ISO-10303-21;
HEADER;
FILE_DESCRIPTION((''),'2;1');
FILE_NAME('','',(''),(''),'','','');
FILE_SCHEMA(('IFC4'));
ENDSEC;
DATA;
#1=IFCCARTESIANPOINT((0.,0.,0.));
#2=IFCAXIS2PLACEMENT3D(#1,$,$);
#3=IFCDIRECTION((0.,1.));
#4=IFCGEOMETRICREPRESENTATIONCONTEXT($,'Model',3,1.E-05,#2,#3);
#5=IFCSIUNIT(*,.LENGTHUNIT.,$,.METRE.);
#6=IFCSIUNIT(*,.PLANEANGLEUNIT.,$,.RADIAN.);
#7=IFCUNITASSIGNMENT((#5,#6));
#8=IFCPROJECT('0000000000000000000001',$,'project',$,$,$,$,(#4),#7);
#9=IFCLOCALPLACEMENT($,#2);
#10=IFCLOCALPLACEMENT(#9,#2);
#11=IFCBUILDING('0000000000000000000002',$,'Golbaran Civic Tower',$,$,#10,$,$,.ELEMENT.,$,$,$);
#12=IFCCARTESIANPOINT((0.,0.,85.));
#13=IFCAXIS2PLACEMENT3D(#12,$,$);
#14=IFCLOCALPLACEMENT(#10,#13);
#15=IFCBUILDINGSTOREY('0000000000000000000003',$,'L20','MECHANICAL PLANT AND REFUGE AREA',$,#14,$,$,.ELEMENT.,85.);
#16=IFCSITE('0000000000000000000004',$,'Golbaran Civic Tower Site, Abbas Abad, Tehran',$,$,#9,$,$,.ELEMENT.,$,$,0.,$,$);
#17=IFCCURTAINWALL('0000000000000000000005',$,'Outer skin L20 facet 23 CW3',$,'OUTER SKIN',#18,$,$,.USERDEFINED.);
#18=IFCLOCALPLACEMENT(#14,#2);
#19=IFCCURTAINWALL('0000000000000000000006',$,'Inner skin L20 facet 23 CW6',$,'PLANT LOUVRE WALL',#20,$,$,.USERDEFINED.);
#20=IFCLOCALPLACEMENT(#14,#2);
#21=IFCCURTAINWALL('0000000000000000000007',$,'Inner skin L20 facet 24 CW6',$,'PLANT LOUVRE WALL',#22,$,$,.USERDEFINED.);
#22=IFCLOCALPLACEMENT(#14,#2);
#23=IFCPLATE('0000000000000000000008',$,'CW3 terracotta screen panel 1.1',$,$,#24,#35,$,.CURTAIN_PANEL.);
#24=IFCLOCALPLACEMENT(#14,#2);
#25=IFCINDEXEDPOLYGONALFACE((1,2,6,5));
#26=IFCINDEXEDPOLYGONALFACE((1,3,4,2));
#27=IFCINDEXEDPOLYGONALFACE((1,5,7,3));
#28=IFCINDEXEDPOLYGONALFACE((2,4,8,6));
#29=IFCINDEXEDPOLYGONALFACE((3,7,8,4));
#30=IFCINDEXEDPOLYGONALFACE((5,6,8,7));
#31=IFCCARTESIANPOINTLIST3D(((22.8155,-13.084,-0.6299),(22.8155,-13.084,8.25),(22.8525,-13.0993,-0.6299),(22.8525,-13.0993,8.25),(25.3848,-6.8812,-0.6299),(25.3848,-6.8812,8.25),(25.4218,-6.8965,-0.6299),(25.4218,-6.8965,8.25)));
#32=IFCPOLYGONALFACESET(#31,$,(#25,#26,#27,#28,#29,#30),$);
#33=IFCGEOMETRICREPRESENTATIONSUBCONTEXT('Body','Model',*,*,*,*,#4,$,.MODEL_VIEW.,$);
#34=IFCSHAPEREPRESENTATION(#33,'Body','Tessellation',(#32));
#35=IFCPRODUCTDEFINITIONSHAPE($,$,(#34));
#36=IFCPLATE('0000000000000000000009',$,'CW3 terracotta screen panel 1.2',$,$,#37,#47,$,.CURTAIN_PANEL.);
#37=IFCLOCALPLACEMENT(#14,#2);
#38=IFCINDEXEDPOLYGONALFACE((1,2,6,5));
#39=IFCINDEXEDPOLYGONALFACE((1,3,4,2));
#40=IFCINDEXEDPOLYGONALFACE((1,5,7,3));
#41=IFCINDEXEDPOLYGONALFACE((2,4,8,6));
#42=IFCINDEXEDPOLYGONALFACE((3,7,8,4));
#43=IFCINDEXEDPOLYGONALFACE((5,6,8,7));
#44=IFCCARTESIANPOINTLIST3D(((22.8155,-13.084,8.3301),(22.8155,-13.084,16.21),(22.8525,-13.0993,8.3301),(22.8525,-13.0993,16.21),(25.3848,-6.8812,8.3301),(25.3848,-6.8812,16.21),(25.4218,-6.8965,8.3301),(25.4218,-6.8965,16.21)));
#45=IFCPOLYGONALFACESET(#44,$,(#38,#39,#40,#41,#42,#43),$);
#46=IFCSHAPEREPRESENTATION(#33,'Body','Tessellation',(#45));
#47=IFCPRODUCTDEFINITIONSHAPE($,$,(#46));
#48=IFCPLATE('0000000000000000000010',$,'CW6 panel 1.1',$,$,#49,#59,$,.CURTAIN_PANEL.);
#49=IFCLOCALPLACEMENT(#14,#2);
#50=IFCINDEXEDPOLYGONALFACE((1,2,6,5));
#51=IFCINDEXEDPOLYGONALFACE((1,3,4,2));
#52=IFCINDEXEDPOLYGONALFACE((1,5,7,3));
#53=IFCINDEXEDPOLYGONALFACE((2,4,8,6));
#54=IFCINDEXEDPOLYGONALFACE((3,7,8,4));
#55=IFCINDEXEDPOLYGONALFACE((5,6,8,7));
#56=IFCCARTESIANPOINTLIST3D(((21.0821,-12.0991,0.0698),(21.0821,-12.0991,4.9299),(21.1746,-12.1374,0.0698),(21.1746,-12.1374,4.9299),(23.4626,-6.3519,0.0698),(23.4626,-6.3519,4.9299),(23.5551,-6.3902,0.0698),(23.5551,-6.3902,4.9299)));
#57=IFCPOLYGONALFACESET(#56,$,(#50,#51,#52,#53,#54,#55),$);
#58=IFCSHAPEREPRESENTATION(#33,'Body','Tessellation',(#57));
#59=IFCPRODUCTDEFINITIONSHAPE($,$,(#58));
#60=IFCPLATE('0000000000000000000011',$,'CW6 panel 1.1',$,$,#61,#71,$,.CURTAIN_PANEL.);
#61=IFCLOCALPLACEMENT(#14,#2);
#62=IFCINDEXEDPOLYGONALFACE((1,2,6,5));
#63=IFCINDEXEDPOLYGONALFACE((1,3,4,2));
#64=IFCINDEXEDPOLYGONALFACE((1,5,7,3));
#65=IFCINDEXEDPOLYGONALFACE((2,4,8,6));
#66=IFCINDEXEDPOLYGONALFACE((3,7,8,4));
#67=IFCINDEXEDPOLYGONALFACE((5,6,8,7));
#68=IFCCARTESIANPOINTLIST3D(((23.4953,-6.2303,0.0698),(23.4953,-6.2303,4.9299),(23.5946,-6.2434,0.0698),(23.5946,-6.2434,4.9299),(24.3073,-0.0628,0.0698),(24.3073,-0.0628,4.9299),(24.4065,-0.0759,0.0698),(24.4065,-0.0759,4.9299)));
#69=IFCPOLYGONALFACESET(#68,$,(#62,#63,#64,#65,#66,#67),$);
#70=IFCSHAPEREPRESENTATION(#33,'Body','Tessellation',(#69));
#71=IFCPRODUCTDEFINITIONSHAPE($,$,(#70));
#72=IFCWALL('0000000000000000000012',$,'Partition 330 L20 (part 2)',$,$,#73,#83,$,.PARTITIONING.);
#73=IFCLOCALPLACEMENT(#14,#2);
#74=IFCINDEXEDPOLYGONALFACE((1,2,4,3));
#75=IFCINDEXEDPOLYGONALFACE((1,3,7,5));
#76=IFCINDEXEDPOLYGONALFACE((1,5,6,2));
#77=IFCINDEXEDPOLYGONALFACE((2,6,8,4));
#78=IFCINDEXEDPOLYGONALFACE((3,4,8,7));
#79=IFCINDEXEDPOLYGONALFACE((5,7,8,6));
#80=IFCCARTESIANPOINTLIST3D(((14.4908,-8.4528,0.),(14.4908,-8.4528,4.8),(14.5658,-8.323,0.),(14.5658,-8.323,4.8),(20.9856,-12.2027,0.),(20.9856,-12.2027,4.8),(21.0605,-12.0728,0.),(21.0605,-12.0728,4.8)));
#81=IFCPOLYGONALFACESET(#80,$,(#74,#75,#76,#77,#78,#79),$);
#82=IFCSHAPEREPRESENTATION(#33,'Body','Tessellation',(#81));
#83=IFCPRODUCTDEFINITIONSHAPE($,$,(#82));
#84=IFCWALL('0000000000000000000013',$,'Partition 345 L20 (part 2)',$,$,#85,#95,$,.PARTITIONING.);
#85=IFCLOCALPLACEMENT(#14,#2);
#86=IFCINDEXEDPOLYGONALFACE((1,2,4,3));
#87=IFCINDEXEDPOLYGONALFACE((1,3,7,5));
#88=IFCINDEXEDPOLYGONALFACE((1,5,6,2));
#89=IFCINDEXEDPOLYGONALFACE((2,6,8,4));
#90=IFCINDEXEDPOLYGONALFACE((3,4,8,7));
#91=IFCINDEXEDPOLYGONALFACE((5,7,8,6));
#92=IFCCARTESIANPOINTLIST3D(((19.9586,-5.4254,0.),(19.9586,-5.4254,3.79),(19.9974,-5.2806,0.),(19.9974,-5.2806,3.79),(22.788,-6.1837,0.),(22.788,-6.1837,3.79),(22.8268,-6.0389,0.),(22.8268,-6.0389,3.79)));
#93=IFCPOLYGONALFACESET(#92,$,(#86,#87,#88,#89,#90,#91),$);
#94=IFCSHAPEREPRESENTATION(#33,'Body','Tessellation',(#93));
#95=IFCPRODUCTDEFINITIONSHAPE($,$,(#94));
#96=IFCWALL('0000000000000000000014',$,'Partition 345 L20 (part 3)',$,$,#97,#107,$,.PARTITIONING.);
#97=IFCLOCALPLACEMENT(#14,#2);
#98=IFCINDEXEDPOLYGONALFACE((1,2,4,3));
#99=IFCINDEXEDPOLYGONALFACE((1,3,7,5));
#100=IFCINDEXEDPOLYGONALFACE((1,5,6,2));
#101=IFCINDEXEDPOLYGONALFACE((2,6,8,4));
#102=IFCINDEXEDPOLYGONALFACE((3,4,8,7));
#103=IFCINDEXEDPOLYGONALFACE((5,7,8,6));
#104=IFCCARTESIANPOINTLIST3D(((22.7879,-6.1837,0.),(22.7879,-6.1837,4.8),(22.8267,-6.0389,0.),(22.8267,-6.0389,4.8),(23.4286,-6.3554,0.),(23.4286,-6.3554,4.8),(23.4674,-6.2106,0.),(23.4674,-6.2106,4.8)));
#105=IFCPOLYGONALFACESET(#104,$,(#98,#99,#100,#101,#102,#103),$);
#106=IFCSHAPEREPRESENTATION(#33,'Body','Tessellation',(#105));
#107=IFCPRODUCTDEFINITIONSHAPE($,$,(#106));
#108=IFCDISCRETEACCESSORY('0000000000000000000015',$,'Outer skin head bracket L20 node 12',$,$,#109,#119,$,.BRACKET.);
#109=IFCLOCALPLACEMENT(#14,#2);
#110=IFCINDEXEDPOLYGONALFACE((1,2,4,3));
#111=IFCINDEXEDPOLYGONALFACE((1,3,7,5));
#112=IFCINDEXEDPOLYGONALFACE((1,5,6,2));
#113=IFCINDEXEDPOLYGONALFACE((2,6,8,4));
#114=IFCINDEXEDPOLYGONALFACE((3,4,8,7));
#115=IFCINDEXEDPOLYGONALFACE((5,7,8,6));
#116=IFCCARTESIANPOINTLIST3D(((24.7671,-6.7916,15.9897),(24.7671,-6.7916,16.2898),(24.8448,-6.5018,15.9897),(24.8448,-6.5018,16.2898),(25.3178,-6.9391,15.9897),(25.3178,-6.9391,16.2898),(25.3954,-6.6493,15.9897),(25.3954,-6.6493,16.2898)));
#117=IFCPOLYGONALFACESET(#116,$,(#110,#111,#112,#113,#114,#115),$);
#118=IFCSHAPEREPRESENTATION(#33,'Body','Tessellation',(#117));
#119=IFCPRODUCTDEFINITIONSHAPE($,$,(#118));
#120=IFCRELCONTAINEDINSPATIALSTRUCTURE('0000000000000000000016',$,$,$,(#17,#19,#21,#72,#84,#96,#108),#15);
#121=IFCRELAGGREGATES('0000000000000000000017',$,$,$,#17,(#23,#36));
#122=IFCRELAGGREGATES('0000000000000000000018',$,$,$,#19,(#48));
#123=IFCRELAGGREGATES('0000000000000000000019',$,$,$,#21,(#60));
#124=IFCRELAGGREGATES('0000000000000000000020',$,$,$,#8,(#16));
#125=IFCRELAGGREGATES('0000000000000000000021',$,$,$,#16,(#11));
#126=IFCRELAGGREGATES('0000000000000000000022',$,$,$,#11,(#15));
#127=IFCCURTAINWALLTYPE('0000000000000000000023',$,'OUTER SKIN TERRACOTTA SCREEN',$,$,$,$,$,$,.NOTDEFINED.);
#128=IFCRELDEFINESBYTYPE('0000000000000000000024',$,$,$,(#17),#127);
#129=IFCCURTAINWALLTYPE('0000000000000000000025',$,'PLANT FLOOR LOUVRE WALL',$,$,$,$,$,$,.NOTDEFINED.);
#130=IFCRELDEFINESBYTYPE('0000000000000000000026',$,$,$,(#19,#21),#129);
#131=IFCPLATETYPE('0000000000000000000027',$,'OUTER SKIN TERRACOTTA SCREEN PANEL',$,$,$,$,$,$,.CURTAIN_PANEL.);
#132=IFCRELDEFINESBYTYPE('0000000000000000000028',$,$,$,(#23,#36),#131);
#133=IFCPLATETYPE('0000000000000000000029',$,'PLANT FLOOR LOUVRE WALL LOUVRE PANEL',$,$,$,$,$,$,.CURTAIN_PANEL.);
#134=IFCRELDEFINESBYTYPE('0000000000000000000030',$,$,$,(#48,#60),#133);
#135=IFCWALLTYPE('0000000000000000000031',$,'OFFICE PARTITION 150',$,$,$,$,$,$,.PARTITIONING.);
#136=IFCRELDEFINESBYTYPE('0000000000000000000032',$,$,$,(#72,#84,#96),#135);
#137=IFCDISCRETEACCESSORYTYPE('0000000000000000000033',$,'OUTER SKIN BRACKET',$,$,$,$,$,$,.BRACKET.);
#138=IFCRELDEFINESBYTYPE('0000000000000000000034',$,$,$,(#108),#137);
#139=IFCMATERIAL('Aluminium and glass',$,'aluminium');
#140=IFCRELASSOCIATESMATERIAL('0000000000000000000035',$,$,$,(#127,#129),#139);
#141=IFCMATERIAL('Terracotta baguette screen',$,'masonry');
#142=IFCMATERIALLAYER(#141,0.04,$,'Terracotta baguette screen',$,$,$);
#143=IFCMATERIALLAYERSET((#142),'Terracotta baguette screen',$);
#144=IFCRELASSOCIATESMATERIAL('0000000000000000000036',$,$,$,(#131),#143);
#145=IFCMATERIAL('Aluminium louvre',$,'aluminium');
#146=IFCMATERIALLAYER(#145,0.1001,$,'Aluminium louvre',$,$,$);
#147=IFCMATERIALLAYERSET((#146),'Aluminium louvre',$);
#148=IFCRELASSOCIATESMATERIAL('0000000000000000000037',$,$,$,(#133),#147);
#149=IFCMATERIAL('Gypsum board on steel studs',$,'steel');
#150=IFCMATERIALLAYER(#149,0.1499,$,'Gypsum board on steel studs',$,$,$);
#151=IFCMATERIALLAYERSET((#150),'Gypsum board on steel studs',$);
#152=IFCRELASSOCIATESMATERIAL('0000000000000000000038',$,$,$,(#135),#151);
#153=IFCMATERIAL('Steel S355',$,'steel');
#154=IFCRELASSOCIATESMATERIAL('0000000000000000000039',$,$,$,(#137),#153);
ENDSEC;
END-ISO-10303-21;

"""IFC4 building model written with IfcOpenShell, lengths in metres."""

from ifc_helpers import new_model, si_unit, direction, frame, frame_2d, origin, origin_2d, place, context, subcontext, project, spatial, rectangle, extrude, material, layer, layer_set, type_object, element, aggregate, save


model = new_model("IFC4")

# Units and contexts
model_context = context("Model", 3, precision=1e-05, world=origin(), true_north=direction((0.0, 1.0)))
body_context = subcontext(model_context, "Body", "Model", "MODEL_VIEW")
ifc_project = project(units=[si_unit("LENGTHUNIT", "METRE"), si_unit("PLANEANGLEUNIT", "RADIAN")], contexts=[model_context])

# Site, building, storey
site_placement = place(None, origin())
site = spatial("IfcSite", under=ifc_project, at=site_placement, Name="Golbaran Civic Tower Site, Abbas Abad, Tehran", CompositionType="ELEMENT", RefElevation=0.0)
building_placement = place(site_placement, origin())
building = spatial("IfcBuilding", under=site, at=building_placement, Name="Golbaran Civic Tower", CompositionType="ELEMENT")
storey_placement = place(building_placement, frame((0.0, 0.0, 85.0)))
storey = spatial("IfcBuildingStorey", under=building, at=storey_placement, Name="L20", Description="MECHANICAL PLANT AND REFUGE AREA", CompositionType="ELEMENT", Elevation=85.0)

# Shared definitions
ifc_material_1 = material(Name="Steel S355", Category="steel")

# Curtain wall
ifc_material_2 = material(Name="Aluminium and glass", Category="aluminium")
curtain_wall_type_1 = type_object("IfcCurtainWallType", Name="OUTER SKIN TERRACOTTA SCREEN", PredefinedType="NOTDEFINED", material=ifc_material_2)
curtain_wall_1_placement = place(storey_placement, origin())
curtain_wall_1 = element("IfcCurtainWall", 1, at=curtain_wall_1_placement, inside=storey, type_object=curtain_wall_type_1, Name="Outer skin L20 facet 23 CW3", ObjectType="OUTER SKIN", PredefinedType="USERDEFINED")

# Curtain walls
curtain_wall_type_2 = type_object("IfcCurtainWallType", Name="PLANT FLOOR LOUVRE WALL", PredefinedType="NOTDEFINED", material=ifc_material_2)
curtain_wall_2_placement = place(storey_placement, origin())
curtain_wall_2 = element("IfcCurtainWall", 2, at=curtain_wall_2_placement, inside=storey, type_object=curtain_wall_type_2, Name="Inner skin L20 facet 23 CW6", ObjectType="PLANT LOUVRE WALL", PredefinedType="USERDEFINED")
curtain_wall_3_placement = place(storey_placement, origin())
curtain_wall_3 = element("IfcCurtainWall", 3, at=curtain_wall_3_placement, inside=storey, type_object=curtain_wall_type_2, Name="Inner skin L20 facet 24 CW6", ObjectType="PLANT LOUVRE WALL", PredefinedType="USERDEFINED")

# Plates
ifc_material_3 = material(Name="Terracotta baguette screen", Category="masonry")
ifc_layer_1 = layer(ifc_material_3, 0.04, Name="Terracotta baguette screen")
ifc_layer_set_1 = layer_set([ifc_layer_1], Name="Terracotta baguette screen")
plate_type_1 = type_object("IfcPlateType", Name="OUTER SKIN TERRACOTTA SCREEN PANEL", PredefinedType="CURTAIN_PANEL", material=ifc_layer_set_1)
plate_1_placement = place(storey_placement, frame((24.1187, -9.9902, -0.6299), z_axis=(0.0, 0.0, 1.0), x_axis=(0.382683, 0.92388, 0.0)))
plate_1 = element("IfcPlate", 4, at=plate_1_placement, type_object=plate_type_1, Name="CW3 terracotta screen panel 1.1", PredefinedType="CURTAIN_PANEL", context=body_context, shape_type="SweptSolid", body=[
    extrude(rectangle(XDim=6.7139, YDim=0.04, at=origin_2d()), origin(), (0.0, 0.0, 1.0), 8.8799),
])
plate_2_placement = place(storey_placement, frame((24.1187, -9.9902, 8.3301), z_axis=(0.0, 0.0, 1.0), x_axis=(0.382683, 0.92388, 0.0)))
plate_2 = element("IfcPlate", 5, at=plate_2_placement, type_object=plate_type_1, Name="CW3 terracotta screen panel 1.2", PredefinedType="CURTAIN_PANEL", context=body_context, shape_type="SweptSolid", body=[
    extrude(rectangle(XDim=6.7139, YDim=0.04, at=origin_2d()), origin(), (0.0, 0.0, 1.0), 7.8799),
])
aggregate(curtain_wall_1, [plate_1, plate_2])
ifc_material_4 = material(Name="Aluminium louvre", Category="aluminium")
ifc_layer_2 = layer(ifc_material_4, 0.1001, Name="Aluminium louvre")
ifc_layer_set_2 = layer_set([ifc_layer_2], Name="Aluminium louvre")
plate_type_2 = type_object("IfcPlateType", Name="PLANT FLOOR LOUVRE WALL LOUVRE PANEL", PredefinedType="CURTAIN_PANEL", material=ifc_layer_set_2)
plate_3_placement = place(storey_placement, frame((22.3186, -9.2446, 0.0698), z_axis=(0.0, 0.0, 1.0), x_axis=(0.382683, 0.92388, 0.0)))
plate_3 = element("IfcPlate", 6, at=plate_3_placement, type_object=plate_type_2, Name="CW6 panel 1.1", PredefinedType="CURTAIN_PANEL", context=body_context, shape_type="SweptSolid", body=[
    extrude(rectangle(XDim=6.2207, YDim=0.1001, at=origin_2d()), origin(), (0.0, 0.0, 1.0), 4.8601),
])
aggregate(curtain_wall_2, [plate_3])
plate_4_placement = place(storey_placement, frame((23.9509, -3.1531, 0.0698), z_axis=(0.0, 0.0, 1.0), x_axis=(0.130526, 0.991445, 0.0)))
plate_4 = element("IfcPlate", 7, at=plate_4_placement, type_object=plate_type_2, Name="CW6 panel 1.1", PredefinedType="CURTAIN_PANEL", context=body_context, shape_type="SweptSolid", body=[
    extrude(rectangle(XDim=6.2207, YDim=0.1001, at=origin_2d()), origin(), (0.0, 0.0, 1.0), 4.8601),
])
aggregate(curtain_wall_3, [plate_4])

# Walls
ifc_material_5 = material(Name="Gypsum board on steel studs", Category="steel")
ifc_layer_3 = layer(ifc_material_5, 0.1499, Name="Gypsum board on steel studs")
ifc_layer_set_3 = layer_set([ifc_layer_3], Name="Gypsum board on steel studs")
wall_type = type_object("IfcWallType", Name="OFFICE PARTITION 150", PredefinedType="PARTITIONING", material=ifc_layer_set_3)
wall_1_placement = place(storey_placement, frame((14.5283, -8.3879, 0.0), z_axis=(0.0, 0.0, 1.0), x_axis=(0.866021, -0.500008, 0.0)))
element("IfcWall", 8, at=wall_1_placement, inside=storey, type_object=wall_type, Name="Partition 330 L20 (part 2)", PredefinedType="PARTITIONING", context=body_context, shape_type="SweptSolid", body=[
    extrude(rectangle(XDim=7.4995, YDim=0.1499, at=frame_2d((3.7498, 0.0))), origin(), (0.0, 0.0, 1.0), 4.8),
])
wall_2_placement = place(storey_placement, frame((19.978, -5.353, 0.0), z_axis=(0.0, 0.0, 1.0), x_axis=(0.96591, -0.258876, 0.0)))
element("IfcWall", 9, at=wall_2_placement, inside=storey, type_object=wall_type, Name="Partition 345 L20 (part 2)", PredefinedType="PARTITIONING", context=body_context, shape_type="SweptSolid", body=[
    extrude(rectangle(XDim=2.9292, YDim=0.1499, at=frame_2d((1.4646, 0.0))), origin(), (0.0, 0.0, 1.0), 3.79),
])
wall_3_placement = place(storey_placement, frame((22.8074, -6.1113, 0.0), z_axis=(0.0, 0.0, 1.0), x_axis=(0.965935, -0.258785, 0.0)))
element("IfcWall", 10, at=wall_3_placement, inside=storey, type_object=wall_type, Name="Partition 345 L20 (part 3)", PredefinedType="PARTITIONING", context=body_context, shape_type="SweptSolid", body=[
    extrude(rectangle(XDim=0.6633, YDim=0.1499, at=frame_2d((0.3315, 0.0))), origin(), (0.0, 0.0, 1.0), 4.8),
])

# Discrete accessory
discrete_accessory_type = type_object("IfcDiscreteAccessoryType", Name="OUTER SKIN BRACKET", PredefinedType="BRACKET", material=ifc_material_1)
discrete_accessory_placement = place(storey_placement, frame((25.0813, -6.7205, 15.9897), z_axis=(0.0, 0.0, 1.0), x_axis=(0.965926, -0.258819, 0.0)))
element("IfcDiscreteAccessory", 11, at=discrete_accessory_placement, inside=storey, type_object=discrete_accessory_type, Name="Outer skin head bracket L20 node 12", PredefinedType="BRACKET", context=body_context, shape_type="SweptSolid", body=[
    extrude(rectangle(XDim=0.5701, YDim=0.3, at=origin_2d()), origin(), (0.0, 0.0, 1.0), 0.3),
])

save(model, "model.ifc")
